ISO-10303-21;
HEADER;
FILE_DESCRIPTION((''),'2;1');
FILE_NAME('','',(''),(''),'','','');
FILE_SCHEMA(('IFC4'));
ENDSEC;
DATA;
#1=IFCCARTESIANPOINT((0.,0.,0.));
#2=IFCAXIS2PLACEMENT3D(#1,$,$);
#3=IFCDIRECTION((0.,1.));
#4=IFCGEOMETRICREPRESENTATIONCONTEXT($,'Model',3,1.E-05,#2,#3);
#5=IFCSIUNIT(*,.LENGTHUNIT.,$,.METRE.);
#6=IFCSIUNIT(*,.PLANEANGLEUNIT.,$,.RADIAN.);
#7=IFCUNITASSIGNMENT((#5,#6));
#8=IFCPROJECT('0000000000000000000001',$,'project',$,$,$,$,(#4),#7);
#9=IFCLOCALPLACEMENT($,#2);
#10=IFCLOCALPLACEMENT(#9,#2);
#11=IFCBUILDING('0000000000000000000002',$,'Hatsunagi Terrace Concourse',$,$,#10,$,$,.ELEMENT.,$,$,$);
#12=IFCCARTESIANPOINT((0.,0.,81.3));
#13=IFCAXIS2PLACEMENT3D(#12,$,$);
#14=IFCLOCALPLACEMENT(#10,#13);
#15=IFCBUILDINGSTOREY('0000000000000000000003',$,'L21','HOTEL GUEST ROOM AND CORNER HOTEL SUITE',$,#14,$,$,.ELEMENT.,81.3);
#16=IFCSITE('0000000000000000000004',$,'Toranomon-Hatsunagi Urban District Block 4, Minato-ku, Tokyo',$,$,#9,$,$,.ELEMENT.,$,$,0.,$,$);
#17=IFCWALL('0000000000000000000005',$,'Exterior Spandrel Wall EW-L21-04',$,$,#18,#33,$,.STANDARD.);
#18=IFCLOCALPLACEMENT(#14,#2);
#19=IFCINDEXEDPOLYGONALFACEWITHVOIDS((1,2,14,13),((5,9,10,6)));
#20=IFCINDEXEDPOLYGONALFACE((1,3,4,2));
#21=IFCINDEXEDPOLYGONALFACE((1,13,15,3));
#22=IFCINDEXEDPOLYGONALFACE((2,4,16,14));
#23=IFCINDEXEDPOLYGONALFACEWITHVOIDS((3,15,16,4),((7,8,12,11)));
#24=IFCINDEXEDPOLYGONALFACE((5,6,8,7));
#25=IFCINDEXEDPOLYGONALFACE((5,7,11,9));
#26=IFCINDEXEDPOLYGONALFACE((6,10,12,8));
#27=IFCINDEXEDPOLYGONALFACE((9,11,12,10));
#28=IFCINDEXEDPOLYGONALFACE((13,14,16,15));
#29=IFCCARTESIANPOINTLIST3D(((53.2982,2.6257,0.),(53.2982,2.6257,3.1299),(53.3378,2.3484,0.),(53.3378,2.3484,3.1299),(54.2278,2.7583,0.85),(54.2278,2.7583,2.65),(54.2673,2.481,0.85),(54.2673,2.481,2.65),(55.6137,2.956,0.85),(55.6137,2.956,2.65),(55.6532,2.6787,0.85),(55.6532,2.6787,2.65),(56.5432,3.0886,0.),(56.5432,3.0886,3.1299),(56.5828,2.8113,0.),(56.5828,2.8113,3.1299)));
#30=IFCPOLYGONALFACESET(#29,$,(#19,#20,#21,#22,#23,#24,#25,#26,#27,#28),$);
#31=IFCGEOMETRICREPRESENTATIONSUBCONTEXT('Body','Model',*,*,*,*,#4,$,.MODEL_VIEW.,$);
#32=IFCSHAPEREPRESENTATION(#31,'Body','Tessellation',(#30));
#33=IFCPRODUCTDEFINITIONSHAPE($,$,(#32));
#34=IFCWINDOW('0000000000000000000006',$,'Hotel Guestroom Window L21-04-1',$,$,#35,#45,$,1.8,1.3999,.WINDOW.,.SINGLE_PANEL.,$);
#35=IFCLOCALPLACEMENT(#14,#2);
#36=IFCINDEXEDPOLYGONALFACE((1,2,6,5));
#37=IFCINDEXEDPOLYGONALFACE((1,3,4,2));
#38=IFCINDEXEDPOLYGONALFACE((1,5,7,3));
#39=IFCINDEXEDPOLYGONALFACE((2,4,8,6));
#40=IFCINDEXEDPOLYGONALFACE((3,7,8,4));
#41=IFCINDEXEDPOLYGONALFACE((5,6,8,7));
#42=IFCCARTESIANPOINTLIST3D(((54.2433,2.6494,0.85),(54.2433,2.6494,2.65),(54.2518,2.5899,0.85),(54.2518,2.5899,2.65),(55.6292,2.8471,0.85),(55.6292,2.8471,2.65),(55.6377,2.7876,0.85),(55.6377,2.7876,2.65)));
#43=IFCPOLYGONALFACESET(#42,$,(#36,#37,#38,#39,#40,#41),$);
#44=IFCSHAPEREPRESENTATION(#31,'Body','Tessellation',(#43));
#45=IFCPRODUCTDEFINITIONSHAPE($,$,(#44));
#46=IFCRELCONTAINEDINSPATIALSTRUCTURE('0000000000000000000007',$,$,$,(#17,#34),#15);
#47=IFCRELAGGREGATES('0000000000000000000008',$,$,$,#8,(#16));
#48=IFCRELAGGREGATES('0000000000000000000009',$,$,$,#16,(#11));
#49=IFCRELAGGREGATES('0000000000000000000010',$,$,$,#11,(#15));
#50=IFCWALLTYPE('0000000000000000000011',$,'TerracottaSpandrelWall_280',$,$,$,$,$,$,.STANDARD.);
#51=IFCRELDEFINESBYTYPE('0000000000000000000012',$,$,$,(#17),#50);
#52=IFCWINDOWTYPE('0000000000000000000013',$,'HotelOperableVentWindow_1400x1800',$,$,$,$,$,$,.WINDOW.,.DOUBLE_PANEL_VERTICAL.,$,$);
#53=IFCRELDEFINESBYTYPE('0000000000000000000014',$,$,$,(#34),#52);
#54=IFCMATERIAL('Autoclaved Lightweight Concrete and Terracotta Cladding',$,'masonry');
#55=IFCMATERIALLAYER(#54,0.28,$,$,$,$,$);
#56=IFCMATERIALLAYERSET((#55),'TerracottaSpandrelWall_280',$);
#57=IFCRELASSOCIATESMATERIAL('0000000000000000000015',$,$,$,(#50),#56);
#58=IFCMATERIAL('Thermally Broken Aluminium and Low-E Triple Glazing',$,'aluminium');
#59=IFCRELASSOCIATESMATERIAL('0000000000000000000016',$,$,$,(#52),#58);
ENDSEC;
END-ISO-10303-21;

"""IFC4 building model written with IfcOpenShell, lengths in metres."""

from ifc_helpers import new_model, si_unit, direction, frame, frame_2d, origin, place, context, subcontext, project, spatial, rectangle, extrude, material, layer, layer_set, type_object, element, fill, save


model = new_model("IFC4")

# Units and contexts
model_context = context("Model", 3, precision=1e-05, world=origin(), true_north=direction((0.0, 1.0)))
body_context = subcontext(model_context, "Body", "Model", "MODEL_VIEW")
ifc_project = project(units=[si_unit("LENGTHUNIT", "METRE"), si_unit("PLANEANGLEUNIT", "RADIAN")], contexts=[model_context])

# Site, building, storey
site_placement = place(None, origin())
site = spatial("IfcSite", under=ifc_project, at=site_placement, Name="Toranomon-Hatsunagi Urban District Block 4, Minato-ku, Tokyo", CompositionType="ELEMENT", RefElevation=0.0)
building_placement = place(site_placement, origin())
building = spatial("IfcBuilding", under=site, at=building_placement, Name="Hatsunagi Terrace Concourse", CompositionType="ELEMENT")
storey_placement = place(building_placement, frame((0.0, 0.0, 81.3)))
storey = spatial("IfcBuildingStorey", under=building, at=storey_placement, Name="L21", Description="HOTEL GUEST ROOM AND CORNER HOTEL SUITE", CompositionType="ELEMENT", Elevation=81.3)

# Wall, opening, window
ifc_material_1 = material(Name="Autoclaved Lightweight Concrete and Terracotta Cladding", Category="masonry")
ifc_layer_1 = layer(ifc_material_1, 0.28)
ifc_layer_set_1 = layer_set([ifc_layer_1], Name="TerracottaSpandrelWall_280")
wall_type_1 = type_object("IfcWallType", Name="TerracottaSpandrelWall_280", PredefinedType="STANDARD", material=ifc_layer_set_1)
wall_1_placement = place(storey_placement, frame((56.563, 2.95, 0.0), z_axis=(0.0, 0.0, 1.0), x_axis=(-0.989978, -0.141223, 0.0)))
wall_1 = element("IfcWall", 1, at=wall_1_placement, inside=storey, type_object=wall_type_1, Name="Exterior Spandrel Wall EW-L21-04", PredefinedType="STANDARD", context=body_context, shape_type="SweptSolid", body=[
    extrude(rectangle(XDim=3.2778, YDim=0.28, at=frame_2d((1.6389, 0.0))), origin(), (0.0, 0.0, 1.0), 3.1299),
])
opening_1_placement = place(wall_1_placement, frame((0.939, 0.0, 0.8501)))
opening_1 = element("IfcOpeningElement", 2, at=opening_1_placement, cuts=wall_1, PredefinedType="OPENING", context=body_context, shape_type="SweptSolid", body=[
    extrude(rectangle(XDim=1.3999, YDim=1.8, at=frame_2d((0.7, 0.8999))), frame((0.0, 0.1499, 0.0), z_axis=(0.0, -1.0, 0.0), x_axis=(1.0, 0.0, 0.0)), (0.0, 0.0, 1.0), 0.3),
])
ifc_material_2 = material(Name="Thermally Broken Aluminium and Low-E Triple Glazing", Category="aluminium")
window_type = type_object("IfcWindowType", Name="HotelOperableVentWindow_1400x1800", PartitioningType="DOUBLE_PANEL_VERTICAL", PredefinedType="WINDOW", material=ifc_material_2)
window_1_placement = place(opening_1_placement, origin())
window_1 = element("IfcWindow", 3, at=window_1_placement, inside=storey, type_object=window_type, Name="Hotel Guestroom Window L21-04-1", OverallHeight=1.8, OverallWidth=1.3999, PartitioningType="SINGLE_PANEL", PredefinedType="WINDOW", context=body_context, shape_type="SweptSolid", body=[
    extrude(rectangle(XDim=1.3999, YDim=1.8, at=frame_2d((0.7, 0.8999))), frame((0.0, 0.03, 0.0), z_axis=(0.0, -1.0, 0.0), x_axis=(1.0, 0.0, 0.0)), (0.0, 0.0, 1.0), 0.0601),
])
fill(opening_1, window_1)

save(model, "model.ifc")
